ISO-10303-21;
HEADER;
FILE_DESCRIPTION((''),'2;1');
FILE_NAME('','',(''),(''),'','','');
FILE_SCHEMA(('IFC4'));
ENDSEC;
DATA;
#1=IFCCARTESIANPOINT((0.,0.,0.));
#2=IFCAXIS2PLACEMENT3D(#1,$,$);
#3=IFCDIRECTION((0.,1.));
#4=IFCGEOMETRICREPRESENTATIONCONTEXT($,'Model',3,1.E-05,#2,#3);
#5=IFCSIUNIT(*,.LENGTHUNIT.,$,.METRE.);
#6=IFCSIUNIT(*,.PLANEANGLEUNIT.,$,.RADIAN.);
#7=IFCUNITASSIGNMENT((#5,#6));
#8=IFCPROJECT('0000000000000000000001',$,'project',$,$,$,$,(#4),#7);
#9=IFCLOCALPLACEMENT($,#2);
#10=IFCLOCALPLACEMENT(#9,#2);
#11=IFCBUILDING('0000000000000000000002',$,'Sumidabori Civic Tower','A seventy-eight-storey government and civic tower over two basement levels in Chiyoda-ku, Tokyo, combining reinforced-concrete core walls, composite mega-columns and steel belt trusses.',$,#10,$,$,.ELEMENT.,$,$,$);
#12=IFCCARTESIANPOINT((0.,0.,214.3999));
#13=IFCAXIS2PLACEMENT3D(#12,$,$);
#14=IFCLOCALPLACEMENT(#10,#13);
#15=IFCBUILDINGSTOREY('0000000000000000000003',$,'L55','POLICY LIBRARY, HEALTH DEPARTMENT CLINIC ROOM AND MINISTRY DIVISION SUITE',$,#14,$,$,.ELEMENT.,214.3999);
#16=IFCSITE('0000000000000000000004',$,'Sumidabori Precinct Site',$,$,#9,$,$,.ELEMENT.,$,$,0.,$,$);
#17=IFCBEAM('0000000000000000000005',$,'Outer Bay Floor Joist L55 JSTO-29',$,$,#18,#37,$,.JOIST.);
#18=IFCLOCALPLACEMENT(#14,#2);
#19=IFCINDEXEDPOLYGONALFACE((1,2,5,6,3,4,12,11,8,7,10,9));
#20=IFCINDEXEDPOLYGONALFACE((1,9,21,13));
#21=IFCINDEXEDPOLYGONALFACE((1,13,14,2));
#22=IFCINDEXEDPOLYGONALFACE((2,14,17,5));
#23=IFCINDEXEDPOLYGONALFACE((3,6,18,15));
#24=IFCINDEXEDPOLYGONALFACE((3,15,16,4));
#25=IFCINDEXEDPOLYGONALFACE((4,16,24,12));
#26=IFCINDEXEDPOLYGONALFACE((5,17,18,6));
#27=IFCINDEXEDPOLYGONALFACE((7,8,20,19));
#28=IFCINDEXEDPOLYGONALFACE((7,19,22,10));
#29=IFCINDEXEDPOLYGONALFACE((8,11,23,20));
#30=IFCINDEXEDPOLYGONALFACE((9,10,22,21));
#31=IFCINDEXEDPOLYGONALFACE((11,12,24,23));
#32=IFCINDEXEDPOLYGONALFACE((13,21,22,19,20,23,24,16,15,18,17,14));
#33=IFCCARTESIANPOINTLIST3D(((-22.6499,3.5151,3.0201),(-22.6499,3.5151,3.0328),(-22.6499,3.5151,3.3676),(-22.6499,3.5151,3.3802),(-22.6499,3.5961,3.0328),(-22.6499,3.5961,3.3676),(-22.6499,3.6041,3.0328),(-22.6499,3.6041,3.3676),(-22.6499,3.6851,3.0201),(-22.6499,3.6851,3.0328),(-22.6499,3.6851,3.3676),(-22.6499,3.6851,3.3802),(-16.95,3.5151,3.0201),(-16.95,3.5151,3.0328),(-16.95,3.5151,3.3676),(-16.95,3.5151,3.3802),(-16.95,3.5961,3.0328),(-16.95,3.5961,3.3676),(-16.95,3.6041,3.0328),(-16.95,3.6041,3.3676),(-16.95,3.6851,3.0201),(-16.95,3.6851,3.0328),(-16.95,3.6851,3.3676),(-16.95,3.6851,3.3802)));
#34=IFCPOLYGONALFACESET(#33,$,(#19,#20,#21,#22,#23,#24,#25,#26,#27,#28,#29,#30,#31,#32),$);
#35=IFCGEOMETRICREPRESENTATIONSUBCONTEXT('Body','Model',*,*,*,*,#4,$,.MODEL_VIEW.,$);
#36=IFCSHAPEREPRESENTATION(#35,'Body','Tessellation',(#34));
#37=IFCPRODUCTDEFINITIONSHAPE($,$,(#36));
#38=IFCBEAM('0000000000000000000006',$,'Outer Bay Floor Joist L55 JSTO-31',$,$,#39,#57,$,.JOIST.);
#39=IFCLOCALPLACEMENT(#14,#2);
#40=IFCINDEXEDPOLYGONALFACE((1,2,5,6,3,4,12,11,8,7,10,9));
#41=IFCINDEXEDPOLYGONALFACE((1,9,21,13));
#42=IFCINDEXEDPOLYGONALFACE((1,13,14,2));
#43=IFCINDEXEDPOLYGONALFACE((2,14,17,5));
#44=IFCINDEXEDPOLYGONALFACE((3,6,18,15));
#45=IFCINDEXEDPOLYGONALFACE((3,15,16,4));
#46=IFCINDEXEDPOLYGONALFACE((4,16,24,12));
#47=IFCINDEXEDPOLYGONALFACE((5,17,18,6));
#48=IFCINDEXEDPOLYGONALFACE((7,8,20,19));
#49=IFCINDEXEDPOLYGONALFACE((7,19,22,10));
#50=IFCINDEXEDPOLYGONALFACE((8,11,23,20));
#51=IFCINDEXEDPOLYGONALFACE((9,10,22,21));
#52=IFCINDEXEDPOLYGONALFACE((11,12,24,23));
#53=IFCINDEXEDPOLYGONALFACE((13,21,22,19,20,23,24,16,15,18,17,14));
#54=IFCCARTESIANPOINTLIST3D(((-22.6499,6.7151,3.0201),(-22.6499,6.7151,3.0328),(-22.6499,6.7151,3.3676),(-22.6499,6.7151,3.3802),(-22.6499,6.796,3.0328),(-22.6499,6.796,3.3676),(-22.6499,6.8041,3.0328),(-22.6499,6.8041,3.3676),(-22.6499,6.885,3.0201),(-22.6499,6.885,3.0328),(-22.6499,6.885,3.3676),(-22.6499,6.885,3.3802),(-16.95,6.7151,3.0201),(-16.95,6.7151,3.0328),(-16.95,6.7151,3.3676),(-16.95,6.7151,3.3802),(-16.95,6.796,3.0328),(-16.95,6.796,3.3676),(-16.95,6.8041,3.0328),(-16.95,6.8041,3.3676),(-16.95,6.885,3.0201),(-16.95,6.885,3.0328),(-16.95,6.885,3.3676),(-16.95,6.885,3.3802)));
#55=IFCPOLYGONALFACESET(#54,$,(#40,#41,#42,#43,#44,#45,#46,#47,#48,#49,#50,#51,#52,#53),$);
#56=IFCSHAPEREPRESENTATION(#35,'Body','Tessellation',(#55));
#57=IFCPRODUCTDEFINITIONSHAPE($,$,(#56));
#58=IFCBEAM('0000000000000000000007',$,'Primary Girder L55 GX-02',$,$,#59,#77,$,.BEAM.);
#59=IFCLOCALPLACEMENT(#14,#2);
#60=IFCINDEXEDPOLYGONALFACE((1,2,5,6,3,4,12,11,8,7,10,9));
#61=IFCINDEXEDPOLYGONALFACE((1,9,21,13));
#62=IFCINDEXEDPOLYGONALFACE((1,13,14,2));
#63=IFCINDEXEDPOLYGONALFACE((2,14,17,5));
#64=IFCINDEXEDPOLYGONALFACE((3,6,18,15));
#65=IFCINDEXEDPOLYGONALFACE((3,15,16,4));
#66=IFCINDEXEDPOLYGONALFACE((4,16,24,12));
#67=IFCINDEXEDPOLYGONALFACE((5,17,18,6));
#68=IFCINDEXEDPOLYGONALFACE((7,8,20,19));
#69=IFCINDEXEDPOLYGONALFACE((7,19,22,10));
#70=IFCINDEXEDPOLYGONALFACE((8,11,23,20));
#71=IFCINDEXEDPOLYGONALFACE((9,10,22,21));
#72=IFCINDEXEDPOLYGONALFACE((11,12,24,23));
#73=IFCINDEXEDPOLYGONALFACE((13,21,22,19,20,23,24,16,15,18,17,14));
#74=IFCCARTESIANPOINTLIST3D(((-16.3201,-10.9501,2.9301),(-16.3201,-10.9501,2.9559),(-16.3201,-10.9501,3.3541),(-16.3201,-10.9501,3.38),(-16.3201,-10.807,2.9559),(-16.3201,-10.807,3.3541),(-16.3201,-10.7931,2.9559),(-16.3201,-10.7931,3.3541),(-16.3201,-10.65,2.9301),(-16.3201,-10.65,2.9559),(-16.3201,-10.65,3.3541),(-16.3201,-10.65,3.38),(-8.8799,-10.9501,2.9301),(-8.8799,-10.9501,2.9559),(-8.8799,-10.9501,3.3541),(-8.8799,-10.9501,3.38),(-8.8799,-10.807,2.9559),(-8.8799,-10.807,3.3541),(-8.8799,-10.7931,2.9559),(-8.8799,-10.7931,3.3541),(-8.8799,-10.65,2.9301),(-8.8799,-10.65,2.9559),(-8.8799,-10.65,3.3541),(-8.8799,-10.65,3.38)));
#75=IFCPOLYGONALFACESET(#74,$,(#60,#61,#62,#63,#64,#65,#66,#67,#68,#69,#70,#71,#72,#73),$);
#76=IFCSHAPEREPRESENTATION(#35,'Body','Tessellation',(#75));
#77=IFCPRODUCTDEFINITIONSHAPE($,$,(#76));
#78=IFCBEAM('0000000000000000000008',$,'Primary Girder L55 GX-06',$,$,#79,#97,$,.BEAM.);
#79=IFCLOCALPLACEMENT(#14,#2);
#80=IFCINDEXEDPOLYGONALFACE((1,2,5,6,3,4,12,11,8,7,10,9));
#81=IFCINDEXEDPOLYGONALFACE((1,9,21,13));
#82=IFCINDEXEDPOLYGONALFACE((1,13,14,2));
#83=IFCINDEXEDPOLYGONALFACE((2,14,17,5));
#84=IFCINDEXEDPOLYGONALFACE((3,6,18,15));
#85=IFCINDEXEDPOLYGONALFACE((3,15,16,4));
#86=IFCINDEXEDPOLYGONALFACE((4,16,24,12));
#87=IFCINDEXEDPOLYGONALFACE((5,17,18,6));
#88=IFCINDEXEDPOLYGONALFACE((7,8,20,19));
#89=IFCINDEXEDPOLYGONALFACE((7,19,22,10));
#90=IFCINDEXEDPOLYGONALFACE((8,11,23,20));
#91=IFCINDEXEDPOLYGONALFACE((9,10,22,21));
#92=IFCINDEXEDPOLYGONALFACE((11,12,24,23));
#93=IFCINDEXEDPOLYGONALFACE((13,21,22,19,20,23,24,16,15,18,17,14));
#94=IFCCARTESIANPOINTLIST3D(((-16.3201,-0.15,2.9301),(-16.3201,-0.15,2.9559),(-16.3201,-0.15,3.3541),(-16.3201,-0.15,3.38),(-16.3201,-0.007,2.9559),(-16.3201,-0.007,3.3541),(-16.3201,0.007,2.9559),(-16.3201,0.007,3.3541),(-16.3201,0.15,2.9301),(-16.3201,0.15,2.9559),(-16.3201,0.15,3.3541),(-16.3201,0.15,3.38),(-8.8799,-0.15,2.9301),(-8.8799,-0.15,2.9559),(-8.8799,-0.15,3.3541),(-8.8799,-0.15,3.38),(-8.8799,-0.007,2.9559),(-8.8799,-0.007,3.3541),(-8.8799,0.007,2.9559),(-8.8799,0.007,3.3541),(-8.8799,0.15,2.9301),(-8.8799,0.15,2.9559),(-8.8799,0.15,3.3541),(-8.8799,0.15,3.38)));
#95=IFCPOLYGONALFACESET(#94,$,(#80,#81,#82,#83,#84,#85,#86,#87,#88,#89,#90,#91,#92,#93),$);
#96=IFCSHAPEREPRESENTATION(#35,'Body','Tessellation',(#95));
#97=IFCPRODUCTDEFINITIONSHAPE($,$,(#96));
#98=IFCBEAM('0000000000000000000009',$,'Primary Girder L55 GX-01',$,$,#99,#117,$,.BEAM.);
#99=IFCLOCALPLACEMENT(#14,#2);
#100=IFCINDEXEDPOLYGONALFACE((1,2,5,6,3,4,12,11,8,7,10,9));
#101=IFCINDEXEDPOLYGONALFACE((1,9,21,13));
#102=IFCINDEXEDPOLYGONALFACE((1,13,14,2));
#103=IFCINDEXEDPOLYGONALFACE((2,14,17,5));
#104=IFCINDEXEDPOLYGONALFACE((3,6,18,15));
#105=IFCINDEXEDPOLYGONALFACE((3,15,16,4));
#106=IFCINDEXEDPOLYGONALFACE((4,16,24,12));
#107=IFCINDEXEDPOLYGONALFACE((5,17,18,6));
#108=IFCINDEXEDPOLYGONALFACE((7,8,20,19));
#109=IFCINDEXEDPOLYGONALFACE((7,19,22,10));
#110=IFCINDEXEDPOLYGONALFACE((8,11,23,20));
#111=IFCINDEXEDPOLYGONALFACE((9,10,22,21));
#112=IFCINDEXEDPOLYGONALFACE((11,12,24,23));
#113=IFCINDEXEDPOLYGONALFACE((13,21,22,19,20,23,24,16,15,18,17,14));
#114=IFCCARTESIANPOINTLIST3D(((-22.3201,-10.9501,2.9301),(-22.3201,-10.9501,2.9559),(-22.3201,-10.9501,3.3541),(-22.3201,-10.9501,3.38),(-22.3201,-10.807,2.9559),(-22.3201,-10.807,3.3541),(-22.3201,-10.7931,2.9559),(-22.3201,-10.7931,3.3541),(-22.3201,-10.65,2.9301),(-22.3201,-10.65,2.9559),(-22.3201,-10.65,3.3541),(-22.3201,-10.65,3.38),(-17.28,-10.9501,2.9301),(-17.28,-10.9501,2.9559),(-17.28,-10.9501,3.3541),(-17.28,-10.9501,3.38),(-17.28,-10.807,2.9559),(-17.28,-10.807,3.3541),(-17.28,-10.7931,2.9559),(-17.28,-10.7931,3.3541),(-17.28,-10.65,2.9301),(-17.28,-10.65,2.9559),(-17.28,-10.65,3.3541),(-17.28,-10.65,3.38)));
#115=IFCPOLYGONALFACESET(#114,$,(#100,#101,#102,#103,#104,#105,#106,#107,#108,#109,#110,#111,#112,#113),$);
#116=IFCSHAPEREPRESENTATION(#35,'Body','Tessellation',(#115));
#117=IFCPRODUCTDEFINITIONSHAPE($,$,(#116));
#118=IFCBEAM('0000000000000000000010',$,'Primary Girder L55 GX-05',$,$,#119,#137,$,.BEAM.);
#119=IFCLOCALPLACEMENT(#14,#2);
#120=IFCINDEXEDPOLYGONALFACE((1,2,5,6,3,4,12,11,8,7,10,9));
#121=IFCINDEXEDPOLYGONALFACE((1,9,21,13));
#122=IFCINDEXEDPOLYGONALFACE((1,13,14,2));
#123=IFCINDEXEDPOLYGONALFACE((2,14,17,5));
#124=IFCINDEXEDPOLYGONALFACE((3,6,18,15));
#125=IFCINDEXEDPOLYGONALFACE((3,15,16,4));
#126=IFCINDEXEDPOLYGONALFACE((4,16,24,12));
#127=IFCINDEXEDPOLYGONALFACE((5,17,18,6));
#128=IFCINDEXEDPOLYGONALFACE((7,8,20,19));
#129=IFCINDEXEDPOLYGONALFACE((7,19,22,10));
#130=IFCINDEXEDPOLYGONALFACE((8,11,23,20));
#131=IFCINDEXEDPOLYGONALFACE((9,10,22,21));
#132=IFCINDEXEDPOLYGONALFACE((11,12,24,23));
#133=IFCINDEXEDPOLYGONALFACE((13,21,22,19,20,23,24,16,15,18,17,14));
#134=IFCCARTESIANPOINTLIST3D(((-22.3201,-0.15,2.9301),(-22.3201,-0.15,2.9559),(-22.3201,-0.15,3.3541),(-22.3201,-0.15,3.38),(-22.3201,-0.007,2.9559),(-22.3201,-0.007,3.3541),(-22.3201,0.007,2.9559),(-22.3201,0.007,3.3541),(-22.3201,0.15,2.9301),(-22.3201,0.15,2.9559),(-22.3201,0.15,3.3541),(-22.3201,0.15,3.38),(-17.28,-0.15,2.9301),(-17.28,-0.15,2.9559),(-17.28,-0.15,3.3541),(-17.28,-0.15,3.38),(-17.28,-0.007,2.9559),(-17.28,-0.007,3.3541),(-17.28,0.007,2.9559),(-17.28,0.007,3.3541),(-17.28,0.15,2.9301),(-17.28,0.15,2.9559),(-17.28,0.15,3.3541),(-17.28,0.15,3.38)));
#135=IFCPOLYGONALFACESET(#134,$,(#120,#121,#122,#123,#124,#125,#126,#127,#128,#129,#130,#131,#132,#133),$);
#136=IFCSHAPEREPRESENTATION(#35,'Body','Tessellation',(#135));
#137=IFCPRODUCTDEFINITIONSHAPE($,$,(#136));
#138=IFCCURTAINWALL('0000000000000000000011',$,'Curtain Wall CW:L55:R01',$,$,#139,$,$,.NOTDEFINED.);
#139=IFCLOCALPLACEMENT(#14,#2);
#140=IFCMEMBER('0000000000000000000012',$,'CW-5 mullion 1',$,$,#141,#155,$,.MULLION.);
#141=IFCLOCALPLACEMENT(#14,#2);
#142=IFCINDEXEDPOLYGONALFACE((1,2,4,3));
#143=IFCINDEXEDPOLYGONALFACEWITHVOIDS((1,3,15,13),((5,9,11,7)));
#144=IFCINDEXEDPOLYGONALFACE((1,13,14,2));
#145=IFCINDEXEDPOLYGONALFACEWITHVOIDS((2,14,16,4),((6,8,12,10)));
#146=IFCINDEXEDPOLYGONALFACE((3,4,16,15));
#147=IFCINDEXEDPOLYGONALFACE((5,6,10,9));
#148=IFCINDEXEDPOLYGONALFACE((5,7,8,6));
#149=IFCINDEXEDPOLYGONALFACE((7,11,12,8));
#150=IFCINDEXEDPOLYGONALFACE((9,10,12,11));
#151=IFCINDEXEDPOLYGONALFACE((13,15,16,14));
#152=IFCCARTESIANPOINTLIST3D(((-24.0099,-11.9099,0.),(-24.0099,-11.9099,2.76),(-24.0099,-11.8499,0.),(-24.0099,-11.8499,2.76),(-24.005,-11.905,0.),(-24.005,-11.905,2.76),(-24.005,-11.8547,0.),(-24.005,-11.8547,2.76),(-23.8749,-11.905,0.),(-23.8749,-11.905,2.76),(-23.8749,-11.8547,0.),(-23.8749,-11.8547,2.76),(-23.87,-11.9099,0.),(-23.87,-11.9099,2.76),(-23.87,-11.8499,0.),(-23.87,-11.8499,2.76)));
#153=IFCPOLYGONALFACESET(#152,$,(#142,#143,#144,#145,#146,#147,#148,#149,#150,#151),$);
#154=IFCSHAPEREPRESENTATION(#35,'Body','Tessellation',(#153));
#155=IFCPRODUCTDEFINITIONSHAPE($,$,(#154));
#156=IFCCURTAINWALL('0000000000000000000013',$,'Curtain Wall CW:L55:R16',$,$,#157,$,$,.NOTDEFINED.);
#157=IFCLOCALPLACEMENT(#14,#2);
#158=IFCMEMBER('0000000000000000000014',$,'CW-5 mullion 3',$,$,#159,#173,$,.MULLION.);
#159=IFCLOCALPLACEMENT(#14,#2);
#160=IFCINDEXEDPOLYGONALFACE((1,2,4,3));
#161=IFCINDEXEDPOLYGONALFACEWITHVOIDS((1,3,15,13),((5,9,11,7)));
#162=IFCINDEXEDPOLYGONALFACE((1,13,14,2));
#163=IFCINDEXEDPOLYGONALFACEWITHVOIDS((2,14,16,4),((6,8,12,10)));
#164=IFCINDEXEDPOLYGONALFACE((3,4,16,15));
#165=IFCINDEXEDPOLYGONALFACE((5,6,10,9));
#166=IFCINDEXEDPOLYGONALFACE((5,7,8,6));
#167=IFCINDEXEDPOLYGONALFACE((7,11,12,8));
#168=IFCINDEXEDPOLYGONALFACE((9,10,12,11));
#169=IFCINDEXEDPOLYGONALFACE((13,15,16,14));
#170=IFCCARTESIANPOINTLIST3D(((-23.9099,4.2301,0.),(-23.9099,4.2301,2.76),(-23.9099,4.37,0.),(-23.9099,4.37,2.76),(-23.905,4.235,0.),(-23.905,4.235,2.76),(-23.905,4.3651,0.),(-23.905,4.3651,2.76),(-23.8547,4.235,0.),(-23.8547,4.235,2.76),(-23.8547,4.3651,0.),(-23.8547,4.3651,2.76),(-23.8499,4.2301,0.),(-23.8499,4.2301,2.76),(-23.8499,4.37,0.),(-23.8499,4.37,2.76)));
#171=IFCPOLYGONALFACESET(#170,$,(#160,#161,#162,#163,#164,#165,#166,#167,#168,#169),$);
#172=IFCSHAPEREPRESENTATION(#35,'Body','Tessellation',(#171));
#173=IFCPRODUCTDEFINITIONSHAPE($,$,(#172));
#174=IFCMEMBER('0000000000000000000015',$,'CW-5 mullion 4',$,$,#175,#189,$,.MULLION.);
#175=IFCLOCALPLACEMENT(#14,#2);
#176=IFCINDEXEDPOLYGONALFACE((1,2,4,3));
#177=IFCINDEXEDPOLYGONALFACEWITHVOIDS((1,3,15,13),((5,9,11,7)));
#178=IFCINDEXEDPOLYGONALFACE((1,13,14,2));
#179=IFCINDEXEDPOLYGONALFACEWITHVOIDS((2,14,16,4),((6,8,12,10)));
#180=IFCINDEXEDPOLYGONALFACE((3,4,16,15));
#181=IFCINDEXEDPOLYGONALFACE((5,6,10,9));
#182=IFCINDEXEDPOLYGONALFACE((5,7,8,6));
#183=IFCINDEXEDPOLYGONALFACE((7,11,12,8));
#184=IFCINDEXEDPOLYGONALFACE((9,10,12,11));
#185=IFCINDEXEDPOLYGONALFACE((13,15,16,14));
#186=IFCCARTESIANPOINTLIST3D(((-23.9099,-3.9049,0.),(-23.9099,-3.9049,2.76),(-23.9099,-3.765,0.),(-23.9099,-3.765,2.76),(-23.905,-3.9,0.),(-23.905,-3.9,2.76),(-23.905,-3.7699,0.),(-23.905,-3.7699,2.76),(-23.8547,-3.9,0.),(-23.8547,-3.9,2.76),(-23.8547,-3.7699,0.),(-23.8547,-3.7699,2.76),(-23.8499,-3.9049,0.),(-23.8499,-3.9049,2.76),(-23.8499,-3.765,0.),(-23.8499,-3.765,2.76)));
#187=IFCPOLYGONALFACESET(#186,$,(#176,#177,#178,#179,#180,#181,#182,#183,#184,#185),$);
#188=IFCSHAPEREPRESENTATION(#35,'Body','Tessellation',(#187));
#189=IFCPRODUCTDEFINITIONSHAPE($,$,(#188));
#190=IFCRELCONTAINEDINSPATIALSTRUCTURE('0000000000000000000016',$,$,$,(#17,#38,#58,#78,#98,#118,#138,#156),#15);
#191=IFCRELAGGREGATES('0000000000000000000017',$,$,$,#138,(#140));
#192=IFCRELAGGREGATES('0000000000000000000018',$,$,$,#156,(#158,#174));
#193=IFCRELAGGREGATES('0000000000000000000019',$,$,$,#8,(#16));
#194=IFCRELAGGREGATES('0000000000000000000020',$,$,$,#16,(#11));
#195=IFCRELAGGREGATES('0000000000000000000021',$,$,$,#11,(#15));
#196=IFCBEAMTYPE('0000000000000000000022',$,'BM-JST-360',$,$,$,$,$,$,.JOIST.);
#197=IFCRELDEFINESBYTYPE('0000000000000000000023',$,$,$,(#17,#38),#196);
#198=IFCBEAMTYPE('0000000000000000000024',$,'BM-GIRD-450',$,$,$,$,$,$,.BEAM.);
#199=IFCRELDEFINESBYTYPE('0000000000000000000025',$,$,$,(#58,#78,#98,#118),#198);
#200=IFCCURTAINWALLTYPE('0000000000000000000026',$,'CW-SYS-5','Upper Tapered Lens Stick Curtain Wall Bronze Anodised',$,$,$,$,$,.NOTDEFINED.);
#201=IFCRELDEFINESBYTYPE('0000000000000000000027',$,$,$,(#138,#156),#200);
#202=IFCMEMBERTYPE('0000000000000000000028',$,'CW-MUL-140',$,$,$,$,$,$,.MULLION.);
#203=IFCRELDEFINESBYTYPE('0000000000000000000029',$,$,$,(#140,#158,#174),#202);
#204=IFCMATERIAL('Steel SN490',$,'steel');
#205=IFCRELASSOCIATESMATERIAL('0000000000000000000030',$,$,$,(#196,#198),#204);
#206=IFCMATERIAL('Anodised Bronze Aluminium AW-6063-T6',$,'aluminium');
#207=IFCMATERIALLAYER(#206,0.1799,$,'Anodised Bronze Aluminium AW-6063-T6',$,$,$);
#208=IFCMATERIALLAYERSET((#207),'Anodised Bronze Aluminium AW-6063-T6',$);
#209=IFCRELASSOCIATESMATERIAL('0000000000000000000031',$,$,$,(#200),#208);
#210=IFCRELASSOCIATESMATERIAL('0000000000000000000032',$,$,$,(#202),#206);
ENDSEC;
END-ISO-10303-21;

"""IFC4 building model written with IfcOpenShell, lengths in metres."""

from ifc_helpers import new_model, si_unit, direction, frame, origin, origin_2d, place, context, subcontext, project, spatial, hollow_rectangle, i_section, extrude, source, transform, mapped, material, layer, layer_set, material_profile, profile_set, type_object, element, aggregate, save


model = new_model("IFC4")

# Units and contexts
model_context = context("Model", 3, precision=1e-05, world=origin(), true_north=direction((0.0, 1.0)))
body_context = subcontext(model_context, "Body", "Model", "MODEL_VIEW")
ifc_project = project(units=[si_unit("LENGTHUNIT", "METRE"), si_unit("PLANEANGLEUNIT", "RADIAN")], contexts=[model_context])

# Site, building, storey
site_placement = place(None, origin())
site = spatial("IfcSite", under=ifc_project, at=site_placement, Name="Sumidabori Precinct Site", CompositionType="ELEMENT", RefElevation=0.0)
building_placement = place(site_placement, origin())
building = spatial("IfcBuilding", under=site, at=building_placement, Name="Sumidabori Civic Tower", Description="A seventy-eight-storey government and civic tower over two basement levels in Chiyoda-ku, Tokyo, combining reinforced-concrete core walls, composite mega-columns and steel belt trusses.", CompositionType="ELEMENT")
storey_placement = place(building_placement, frame((0.0, 0.0, 214.3999)))
storey = spatial("IfcBuildingStorey", under=building, at=storey_placement, Name="L55", Description="POLICY LIBRARY, HEALTH DEPARTMENT CLINIC ROOM AND MINISTRY DIVISION SUITE", CompositionType="ELEMENT", Elevation=214.3999)

# Beams
ifc_material_1 = material(Name="Steel SN490", Category="steel")
ifc_material_profile_1 = material_profile(ifc_material_1, i_section(OverallWidth=0.1699, OverallDepth=0.3601, WebThickness=0.0081, FlangeThickness=0.0127, at=origin_2d()), Name="IPE 360")
ifc_profile_set_1 = profile_set([ifc_material_profile_1], Name="Steel SN490")
beam_type_1 = type_object("IfcBeamType", Name="BM-JST-360", PredefinedType="JOIST", material=ifc_profile_set_1)
shared_shape_1 = source(origin(), body_context, "Body", "SweptSolid", [
    extrude(i_section(OverallWidth=0.1699, OverallDepth=0.3601, WebThickness=0.0081, FlangeThickness=0.0127, at=origin_2d()), origin(), (0.0, 0.0, 1.0), 5.7),
])
for number, where, z_axis, x_axis, name in (
    (1, (-22.6499, 3.6001, 3.2002), (1.0, 0.0, 0.0), (0.0, 1.0, 0.0), "Outer Bay Floor Joist L55 JSTO-29"),
    (2, (-22.6499, 6.8, 3.2002), (1.0, 0.0, 0.0), (0.0, 1.0, 0.0), "Outer Bay Floor Joist L55 JSTO-31"),
):
    element("IfcBeam", number, at=place(storey_placement, frame(where, z_axis=z_axis, x_axis=x_axis)), inside=storey, type_object=beam_type_1, Name=name, PredefinedType="JOIST", context=body_context, shape_type="MappedRepresentation", body=[
        mapped(shared_shape_1, transform((0.0, 0.0, 0.0), x_axis=(1.0, 0.0, 0.0), y_axis=(0.0, 1.0, 0.0), z_axis=(0.0, 0.0, 1.0), scale=1.0)),
    ])
ifc_material_profile_2 = material_profile(ifc_material_1, i_section(OverallWidth=0.3, OverallDepth=0.45, WebThickness=0.0139, FlangeThickness=0.0259, at=origin_2d()), Name="HE 450 B")
ifc_profile_set_2 = profile_set([ifc_material_profile_2], Name="Steel SN490")
beam_type_2 = type_object("IfcBeamType", Name="BM-GIRD-450", PredefinedType="BEAM", material=ifc_profile_set_2)
shared_shape_2 = source(origin(), body_context, "Body", "SweptSolid", [
    extrude(i_section(OverallWidth=0.3, OverallDepth=0.45, WebThickness=0.0139, FlangeThickness=0.0259, at=origin_2d()), origin(), (0.0, 0.0, 1.0), 7.4402),
])
for number, where, z_axis, x_axis, name in (
    (3, (-16.3201, -10.8, 3.155), (1.0, 0.0, 0.0), (0.0, 1.0, 0.0), "Primary Girder L55 GX-02"),
    (4, (-16.3201, 0.0, 3.155), (1.0, 0.0, 0.0), (0.0, 1.0, 0.0), "Primary Girder L55 GX-06"),
):
    element("IfcBeam", number, at=place(storey_placement, frame(where, z_axis=z_axis, x_axis=x_axis)), inside=storey, type_object=beam_type_2, Name=name, PredefinedType="BEAM", context=body_context, shape_type="MappedRepresentation", body=[
        mapped(shared_shape_2, transform((0.0, 0.0, 0.0), x_axis=(1.0, 0.0, 0.0), y_axis=(0.0, 1.0, 0.0), z_axis=(0.0, 0.0, 1.0), scale=1.0)),
    ])
shared_shape_3 = source(origin(), body_context, "Body", "SweptSolid", [
    extrude(i_section(OverallWidth=0.3, OverallDepth=0.45, WebThickness=0.0139, FlangeThickness=0.0259, at=origin_2d()), origin(), (0.0, 0.0, 1.0), 5.04),
])
for number, where, z_axis, x_axis, name in (
    (5, (-22.3201, -10.8, 3.155), (1.0, 0.0, 0.0), (0.0, 1.0, 0.0), "Primary Girder L55 GX-01"),
    (6, (-22.3201, 0.0, 3.155), (1.0, 0.0, 0.0), (0.0, 1.0, 0.0), "Primary Girder L55 GX-05"),
):
    element("IfcBeam", number, at=place(storey_placement, frame(where, z_axis=z_axis, x_axis=x_axis)), inside=storey, type_object=beam_type_2, Name=name, PredefinedType="BEAM", context=body_context, shape_type="MappedRepresentation", body=[
        mapped(shared_shape_3, transform((0.0, 0.0, 0.0), x_axis=(1.0, 0.0, 0.0), y_axis=(0.0, 1.0, 0.0), z_axis=(0.0, 0.0, 1.0), scale=1.0)),
    ])

# Curtain wall, member
ifc_material_2 = material(Name="Anodised Bronze Aluminium AW-6063-T6", Category="aluminium")
ifc_layer_1 = layer(ifc_material_2, 0.1799, Name="Anodised Bronze Aluminium AW-6063-T6")
ifc_layer_set_1 = layer_set([ifc_layer_1], Name="Anodised Bronze Aluminium AW-6063-T6")
curtain_wall_type = type_object("IfcCurtainWallType", Name="CW-SYS-5", Description="Upper Tapered Lens Stick Curtain Wall Bronze Anodised", PredefinedType="NOTDEFINED", material=ifc_layer_set_1)
curtain_wall_1_placement = place(storey_placement, origin())
curtain_wall_1 = element("IfcCurtainWall", 7, at=curtain_wall_1_placement, inside=storey, type_object=curtain_wall_type, Name="Curtain Wall CW:L55:R01", PredefinedType="NOTDEFINED")
ifc_material_profile_3 = material_profile(ifc_material_2, hollow_rectangle(XDim=0.0601, YDim=0.1399, WallThickness=0.0049, at=origin_2d()), Name="ALU MULLION 140x60")
ifc_profile_set_3 = profile_set([ifc_material_profile_3], Name="Anodised Bronze Aluminium AW-6063-T6")
member_type_1 = type_object("IfcMemberType", Name="CW-MUL-140", PredefinedType="MULLION", material=ifc_profile_set_3)
shared_shape_4 = source(origin(), body_context, "Body", "SweptSolid", [
    extrude(hollow_rectangle(XDim=0.0601, YDim=0.1399, WallThickness=0.0049, at=origin_2d()), origin(), (0.0, 0.0, 1.0), 2.76),
])
member_1_placement = place(storey_placement, frame((-23.9399, -11.8799, 0.0), z_axis=(0.0, 0.0, 1.0), x_axis=(0.0, 1.0, 0.0)))
member_1 = element("IfcMember", 8, at=member_1_placement, type_object=member_type_1, Name="CW-5 mullion 1", PredefinedType="MULLION", context=body_context, shape_type="MappedRepresentation", body=[
    mapped(shared_shape_4, transform((0.0, 0.0, 0.0), x_axis=(1.0, 0.0, 0.0), y_axis=(0.0, 1.0, 0.0), z_axis=(0.0, 0.0, 1.0), scale=1.0)),
])

# Curtain wall, members
curtain_wall_2_placement = place(storey_placement, origin())
curtain_wall_2 = element("IfcCurtainWall", 9, at=curtain_wall_2_placement, inside=storey, type_object=curtain_wall_type, Name="Curtain Wall CW:L55:R16", PredefinedType="NOTDEFINED")
member_2_placement = place(storey_placement, frame((-23.8799, 4.3, 0.0), z_axis=(0.0, 0.0, 1.0), x_axis=(1.0, 0.0, 0.0)))
member_2 = element("IfcMember", 10, at=member_2_placement, type_object=member_type_1, Name="CW-5 mullion 3", PredefinedType="MULLION", context=body_context, shape_type="MappedRepresentation", body=[
    mapped(shared_shape_4, transform((0.0, 0.0, 0.0), x_axis=(1.0, 0.0, 0.0), y_axis=(0.0, 1.0, 0.0), z_axis=(0.0, 0.0, 1.0), scale=1.0)),
])
member_3_placement = place(storey_placement, frame((-23.8799, -3.835, 0.0), z_axis=(0.0, 0.0, 1.0), x_axis=(1.0, 0.0, 0.0)))
member_3 = element("IfcMember", 11, at=member_3_placement, type_object=member_type_1, Name="CW-5 mullion 4", PredefinedType="MULLION", context=body_context, shape_type="MappedRepresentation", body=[
    mapped(shared_shape_4, transform((0.0, 0.0, 0.0), x_axis=(1.0, 0.0, 0.0), y_axis=(0.0, 1.0, 0.0), z_axis=(0.0, 0.0, 1.0), scale=1.0)),
])

aggregate(curtain_wall_1, [member_1])
aggregate(curtain_wall_2, [member_2, member_3])

save(model, "model.ifc")
